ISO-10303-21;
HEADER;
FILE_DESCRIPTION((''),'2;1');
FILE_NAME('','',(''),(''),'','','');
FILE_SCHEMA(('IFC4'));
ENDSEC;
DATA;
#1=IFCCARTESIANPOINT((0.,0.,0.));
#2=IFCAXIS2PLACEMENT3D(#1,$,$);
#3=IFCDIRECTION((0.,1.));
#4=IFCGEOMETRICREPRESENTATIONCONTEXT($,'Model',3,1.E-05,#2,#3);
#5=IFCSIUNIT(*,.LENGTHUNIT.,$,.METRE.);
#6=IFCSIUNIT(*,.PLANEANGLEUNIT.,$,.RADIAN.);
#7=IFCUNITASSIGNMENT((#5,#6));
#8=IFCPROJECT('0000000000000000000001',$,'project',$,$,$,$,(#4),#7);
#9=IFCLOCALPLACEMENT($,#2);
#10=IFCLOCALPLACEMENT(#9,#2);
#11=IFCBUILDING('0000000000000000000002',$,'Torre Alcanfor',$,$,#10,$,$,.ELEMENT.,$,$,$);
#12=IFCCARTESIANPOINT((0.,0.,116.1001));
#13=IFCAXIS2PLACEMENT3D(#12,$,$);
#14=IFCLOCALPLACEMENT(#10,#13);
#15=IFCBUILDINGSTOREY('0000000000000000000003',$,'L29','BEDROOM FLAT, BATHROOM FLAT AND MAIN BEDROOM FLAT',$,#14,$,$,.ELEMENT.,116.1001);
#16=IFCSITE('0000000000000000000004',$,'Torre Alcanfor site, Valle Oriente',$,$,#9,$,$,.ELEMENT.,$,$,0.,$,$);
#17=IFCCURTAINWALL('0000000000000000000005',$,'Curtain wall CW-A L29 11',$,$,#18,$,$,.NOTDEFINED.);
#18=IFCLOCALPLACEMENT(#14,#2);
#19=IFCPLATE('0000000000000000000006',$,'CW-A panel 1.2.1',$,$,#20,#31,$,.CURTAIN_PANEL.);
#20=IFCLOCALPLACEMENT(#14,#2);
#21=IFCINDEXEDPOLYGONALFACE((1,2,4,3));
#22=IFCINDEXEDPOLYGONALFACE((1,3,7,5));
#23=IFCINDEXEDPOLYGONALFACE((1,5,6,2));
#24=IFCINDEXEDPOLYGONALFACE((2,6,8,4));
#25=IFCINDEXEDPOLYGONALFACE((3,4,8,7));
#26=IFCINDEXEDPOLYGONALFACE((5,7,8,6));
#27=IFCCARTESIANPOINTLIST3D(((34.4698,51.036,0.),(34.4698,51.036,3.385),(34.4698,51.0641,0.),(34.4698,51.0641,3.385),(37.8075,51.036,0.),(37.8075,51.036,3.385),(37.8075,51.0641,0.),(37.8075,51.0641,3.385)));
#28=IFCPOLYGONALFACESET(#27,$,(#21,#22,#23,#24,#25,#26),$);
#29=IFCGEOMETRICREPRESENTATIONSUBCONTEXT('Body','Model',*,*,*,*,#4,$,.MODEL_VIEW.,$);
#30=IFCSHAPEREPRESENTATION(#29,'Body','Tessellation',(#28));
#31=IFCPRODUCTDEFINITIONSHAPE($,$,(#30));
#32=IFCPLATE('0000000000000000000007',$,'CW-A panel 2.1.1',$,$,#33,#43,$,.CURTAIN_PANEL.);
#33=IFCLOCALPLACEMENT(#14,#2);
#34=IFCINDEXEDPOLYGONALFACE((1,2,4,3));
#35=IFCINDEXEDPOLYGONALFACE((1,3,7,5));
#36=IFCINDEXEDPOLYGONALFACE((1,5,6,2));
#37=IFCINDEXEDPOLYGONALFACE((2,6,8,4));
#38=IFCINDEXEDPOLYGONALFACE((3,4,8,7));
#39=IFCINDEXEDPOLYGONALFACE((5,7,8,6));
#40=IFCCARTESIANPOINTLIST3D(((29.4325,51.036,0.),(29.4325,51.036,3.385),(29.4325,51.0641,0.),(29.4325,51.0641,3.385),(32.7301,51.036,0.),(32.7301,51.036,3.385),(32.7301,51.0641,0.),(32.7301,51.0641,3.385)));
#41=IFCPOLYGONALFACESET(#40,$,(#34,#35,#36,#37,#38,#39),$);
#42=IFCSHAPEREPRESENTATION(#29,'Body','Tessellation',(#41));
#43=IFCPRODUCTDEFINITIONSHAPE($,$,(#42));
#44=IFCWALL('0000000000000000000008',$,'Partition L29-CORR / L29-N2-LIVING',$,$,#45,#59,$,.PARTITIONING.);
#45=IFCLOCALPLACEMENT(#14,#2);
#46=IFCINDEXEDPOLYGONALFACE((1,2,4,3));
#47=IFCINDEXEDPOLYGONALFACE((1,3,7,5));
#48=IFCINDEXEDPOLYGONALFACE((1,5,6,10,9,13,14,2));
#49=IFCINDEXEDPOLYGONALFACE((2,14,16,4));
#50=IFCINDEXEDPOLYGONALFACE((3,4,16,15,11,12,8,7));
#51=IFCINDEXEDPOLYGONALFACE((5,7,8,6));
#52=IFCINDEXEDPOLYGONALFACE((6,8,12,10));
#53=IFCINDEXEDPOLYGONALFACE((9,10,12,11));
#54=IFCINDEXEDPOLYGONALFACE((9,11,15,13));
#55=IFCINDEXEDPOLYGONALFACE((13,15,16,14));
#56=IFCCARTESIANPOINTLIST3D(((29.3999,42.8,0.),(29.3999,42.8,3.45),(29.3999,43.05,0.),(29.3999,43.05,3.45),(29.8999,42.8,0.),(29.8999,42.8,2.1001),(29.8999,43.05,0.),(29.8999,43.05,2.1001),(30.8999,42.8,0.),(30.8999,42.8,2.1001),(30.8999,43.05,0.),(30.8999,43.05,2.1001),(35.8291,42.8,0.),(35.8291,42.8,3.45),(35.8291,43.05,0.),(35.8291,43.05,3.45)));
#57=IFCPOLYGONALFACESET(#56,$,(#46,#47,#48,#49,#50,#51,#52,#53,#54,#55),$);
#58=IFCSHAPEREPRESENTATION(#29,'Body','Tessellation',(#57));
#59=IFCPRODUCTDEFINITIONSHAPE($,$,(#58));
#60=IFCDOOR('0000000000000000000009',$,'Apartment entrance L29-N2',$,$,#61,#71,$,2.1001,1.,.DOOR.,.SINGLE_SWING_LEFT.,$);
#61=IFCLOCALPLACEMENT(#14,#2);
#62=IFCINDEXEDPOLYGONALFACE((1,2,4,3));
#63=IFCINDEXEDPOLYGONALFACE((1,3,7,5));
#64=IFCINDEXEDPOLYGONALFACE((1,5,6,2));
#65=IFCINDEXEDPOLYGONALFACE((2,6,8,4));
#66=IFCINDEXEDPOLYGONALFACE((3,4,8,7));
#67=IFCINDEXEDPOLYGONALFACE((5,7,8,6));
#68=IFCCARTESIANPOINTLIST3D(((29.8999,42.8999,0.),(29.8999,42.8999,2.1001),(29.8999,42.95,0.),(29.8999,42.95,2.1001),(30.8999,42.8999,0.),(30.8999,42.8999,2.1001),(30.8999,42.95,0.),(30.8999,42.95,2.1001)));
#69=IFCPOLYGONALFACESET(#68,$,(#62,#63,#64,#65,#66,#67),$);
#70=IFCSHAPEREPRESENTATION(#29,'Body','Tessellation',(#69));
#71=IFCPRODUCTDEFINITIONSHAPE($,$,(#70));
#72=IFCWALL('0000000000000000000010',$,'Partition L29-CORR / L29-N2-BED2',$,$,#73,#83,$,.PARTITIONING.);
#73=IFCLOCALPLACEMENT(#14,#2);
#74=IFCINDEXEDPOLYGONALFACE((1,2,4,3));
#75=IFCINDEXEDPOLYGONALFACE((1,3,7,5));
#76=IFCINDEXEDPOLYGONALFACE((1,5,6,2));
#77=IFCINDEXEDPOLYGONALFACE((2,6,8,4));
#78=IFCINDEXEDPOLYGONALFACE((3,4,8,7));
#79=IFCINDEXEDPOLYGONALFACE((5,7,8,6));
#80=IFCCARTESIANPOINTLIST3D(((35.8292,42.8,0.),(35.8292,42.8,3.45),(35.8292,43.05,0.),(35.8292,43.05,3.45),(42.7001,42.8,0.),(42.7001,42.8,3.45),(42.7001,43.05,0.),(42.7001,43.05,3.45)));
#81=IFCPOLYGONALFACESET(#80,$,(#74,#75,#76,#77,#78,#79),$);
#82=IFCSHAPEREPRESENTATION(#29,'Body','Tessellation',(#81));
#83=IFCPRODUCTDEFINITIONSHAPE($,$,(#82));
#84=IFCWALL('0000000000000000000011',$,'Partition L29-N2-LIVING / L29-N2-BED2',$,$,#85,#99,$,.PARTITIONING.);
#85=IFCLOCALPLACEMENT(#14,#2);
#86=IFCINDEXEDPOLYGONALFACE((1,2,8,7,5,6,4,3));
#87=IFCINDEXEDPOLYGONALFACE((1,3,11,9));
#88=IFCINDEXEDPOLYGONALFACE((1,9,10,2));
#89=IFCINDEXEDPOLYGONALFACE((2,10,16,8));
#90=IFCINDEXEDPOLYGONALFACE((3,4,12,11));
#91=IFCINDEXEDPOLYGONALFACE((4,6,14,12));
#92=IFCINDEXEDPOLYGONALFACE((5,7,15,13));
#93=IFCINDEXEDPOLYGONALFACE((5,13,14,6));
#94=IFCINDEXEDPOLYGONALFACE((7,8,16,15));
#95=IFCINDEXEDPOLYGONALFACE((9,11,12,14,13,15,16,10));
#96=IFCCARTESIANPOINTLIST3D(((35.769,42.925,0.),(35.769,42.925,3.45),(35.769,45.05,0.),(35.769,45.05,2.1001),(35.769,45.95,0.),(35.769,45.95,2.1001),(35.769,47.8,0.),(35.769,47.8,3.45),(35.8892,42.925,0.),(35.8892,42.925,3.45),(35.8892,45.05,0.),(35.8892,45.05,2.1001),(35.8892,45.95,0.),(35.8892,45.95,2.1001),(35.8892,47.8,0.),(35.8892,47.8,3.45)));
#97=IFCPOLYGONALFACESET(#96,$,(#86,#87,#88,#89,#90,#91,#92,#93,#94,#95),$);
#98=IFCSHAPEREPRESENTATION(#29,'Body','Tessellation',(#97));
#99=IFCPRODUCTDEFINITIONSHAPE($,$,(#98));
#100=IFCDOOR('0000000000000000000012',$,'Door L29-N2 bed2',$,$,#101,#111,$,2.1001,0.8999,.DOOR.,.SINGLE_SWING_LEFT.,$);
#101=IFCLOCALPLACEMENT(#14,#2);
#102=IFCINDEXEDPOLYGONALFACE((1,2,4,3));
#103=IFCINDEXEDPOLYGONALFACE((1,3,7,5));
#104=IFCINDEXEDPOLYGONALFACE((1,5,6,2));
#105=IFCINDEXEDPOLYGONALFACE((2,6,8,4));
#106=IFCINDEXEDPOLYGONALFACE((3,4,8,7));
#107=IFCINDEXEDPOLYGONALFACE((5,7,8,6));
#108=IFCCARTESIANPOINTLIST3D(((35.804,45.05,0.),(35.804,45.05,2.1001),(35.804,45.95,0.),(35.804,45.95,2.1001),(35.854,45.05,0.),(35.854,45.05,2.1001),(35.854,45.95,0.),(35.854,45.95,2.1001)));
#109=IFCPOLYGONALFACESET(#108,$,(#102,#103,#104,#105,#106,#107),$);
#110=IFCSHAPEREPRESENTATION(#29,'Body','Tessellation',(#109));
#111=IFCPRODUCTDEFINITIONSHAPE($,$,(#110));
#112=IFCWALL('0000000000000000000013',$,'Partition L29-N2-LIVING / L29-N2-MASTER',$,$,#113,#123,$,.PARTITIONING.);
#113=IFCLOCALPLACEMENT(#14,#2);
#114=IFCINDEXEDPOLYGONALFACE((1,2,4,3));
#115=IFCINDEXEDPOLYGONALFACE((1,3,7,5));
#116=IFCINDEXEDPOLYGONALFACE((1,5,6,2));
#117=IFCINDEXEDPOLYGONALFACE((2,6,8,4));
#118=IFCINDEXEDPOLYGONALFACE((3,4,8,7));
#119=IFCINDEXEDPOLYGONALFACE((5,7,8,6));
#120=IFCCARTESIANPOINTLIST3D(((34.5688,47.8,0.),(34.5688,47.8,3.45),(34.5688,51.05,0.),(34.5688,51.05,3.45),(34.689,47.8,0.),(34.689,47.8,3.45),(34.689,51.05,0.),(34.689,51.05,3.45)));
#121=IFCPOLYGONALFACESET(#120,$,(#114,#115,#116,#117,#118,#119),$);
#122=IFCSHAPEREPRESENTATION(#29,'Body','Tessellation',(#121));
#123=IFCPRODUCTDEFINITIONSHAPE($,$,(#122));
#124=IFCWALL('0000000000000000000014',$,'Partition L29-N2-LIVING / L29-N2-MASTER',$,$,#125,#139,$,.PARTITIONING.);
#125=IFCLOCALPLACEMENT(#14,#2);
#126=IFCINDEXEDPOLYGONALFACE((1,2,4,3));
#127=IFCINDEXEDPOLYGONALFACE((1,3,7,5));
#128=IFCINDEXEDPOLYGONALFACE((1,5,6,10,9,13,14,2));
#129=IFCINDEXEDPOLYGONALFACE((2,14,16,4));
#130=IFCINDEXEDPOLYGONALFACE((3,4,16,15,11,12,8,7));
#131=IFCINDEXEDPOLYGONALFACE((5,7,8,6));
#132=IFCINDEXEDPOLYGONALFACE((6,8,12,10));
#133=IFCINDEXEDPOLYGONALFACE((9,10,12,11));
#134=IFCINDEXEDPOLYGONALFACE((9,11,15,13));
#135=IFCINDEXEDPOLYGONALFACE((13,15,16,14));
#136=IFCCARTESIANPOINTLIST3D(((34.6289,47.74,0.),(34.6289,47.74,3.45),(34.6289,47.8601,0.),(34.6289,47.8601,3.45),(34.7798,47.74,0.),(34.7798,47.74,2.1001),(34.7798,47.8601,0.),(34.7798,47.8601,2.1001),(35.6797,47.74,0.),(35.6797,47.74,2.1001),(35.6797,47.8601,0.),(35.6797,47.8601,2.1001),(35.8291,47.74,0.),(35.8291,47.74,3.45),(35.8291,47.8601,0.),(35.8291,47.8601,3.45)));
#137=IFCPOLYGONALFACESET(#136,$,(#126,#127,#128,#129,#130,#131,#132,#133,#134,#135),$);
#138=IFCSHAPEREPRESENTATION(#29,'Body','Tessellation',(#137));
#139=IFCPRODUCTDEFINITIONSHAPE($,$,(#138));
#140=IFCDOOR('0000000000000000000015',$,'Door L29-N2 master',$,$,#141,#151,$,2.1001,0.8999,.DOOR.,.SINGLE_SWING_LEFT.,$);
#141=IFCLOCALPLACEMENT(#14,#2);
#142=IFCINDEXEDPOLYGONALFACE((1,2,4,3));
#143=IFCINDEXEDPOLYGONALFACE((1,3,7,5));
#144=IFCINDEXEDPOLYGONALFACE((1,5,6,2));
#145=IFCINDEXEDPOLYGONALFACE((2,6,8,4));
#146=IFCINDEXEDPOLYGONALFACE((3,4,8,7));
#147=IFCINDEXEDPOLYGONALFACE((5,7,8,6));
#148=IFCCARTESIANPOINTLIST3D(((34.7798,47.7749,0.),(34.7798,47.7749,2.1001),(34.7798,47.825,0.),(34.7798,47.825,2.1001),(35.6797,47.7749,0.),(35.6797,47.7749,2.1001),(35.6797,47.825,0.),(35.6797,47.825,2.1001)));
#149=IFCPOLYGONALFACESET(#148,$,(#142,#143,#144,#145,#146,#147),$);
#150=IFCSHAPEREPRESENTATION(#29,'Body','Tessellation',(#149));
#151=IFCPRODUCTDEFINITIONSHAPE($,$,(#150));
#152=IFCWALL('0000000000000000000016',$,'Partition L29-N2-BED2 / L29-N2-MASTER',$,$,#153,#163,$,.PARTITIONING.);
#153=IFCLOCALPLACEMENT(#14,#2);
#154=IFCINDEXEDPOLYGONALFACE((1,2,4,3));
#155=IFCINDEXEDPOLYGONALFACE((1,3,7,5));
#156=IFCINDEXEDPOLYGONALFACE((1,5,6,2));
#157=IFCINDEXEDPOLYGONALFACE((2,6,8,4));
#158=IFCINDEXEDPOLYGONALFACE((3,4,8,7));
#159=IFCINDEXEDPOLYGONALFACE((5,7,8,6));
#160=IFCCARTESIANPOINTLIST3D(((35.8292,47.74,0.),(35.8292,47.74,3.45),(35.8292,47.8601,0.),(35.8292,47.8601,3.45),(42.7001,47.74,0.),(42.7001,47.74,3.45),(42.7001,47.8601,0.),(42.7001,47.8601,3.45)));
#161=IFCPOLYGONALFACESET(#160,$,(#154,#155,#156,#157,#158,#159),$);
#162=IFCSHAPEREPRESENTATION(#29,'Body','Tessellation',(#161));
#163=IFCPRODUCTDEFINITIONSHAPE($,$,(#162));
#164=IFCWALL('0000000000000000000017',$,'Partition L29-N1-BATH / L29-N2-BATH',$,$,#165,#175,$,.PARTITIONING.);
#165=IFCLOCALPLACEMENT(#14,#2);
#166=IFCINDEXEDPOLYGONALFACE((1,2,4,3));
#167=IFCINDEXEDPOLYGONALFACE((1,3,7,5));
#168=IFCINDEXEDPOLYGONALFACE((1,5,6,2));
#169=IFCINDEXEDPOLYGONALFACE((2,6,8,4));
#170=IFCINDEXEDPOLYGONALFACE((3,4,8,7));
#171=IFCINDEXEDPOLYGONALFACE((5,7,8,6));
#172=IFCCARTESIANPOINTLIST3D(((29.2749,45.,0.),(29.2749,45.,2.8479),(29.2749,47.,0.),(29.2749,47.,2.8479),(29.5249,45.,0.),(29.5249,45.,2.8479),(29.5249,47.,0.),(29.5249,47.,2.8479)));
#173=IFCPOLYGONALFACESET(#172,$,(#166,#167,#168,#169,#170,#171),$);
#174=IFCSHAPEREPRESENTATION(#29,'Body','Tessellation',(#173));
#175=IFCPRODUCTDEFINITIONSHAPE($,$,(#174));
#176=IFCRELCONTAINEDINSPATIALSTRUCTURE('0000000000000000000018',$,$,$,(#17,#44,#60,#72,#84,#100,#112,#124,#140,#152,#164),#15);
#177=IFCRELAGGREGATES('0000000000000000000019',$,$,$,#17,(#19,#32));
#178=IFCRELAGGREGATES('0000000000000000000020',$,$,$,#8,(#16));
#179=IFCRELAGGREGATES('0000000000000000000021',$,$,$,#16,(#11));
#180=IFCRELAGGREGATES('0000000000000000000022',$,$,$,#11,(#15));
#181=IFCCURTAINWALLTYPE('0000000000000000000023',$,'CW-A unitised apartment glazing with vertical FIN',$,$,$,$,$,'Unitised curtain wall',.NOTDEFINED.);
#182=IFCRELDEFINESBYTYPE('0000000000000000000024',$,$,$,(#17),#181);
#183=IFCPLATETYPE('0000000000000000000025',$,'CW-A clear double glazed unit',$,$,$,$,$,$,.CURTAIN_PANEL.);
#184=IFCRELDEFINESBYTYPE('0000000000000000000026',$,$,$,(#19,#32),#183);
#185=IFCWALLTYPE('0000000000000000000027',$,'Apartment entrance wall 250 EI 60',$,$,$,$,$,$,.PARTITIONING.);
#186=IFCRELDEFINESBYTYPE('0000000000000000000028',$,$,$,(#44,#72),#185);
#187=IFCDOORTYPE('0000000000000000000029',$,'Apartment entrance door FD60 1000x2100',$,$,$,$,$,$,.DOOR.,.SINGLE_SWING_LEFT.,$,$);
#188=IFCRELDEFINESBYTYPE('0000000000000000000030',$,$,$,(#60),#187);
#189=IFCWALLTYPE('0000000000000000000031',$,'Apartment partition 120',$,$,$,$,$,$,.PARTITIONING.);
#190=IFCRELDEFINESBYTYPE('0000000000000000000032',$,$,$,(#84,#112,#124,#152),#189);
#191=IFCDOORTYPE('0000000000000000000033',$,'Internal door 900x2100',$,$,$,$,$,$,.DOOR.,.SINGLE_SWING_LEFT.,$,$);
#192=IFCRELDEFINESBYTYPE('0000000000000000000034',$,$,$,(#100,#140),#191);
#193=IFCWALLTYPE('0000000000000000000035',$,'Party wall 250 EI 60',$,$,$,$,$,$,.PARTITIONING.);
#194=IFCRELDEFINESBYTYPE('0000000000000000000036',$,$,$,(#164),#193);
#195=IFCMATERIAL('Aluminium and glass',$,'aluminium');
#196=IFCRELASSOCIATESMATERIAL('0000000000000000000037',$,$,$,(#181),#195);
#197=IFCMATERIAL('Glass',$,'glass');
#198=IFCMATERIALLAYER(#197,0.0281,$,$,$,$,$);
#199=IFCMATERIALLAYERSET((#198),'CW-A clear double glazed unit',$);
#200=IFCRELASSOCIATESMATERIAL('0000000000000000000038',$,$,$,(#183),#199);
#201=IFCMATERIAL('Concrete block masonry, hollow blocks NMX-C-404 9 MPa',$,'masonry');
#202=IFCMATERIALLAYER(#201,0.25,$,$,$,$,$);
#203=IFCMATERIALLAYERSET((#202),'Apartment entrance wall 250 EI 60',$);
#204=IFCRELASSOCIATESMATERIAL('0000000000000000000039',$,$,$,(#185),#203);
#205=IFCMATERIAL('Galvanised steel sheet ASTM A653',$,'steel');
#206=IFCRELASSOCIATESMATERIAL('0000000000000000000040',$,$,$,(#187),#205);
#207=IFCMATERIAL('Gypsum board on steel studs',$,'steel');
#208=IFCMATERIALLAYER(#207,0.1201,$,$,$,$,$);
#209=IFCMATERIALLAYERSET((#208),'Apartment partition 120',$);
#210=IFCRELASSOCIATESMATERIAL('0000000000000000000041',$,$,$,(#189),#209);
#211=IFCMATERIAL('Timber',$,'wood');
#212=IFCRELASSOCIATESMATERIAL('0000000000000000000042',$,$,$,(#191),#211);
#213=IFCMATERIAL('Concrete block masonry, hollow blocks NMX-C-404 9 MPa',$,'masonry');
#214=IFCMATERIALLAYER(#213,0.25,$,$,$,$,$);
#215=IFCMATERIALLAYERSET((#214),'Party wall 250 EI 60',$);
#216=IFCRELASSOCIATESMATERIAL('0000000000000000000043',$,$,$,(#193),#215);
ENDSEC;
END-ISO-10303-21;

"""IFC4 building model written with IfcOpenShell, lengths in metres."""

from ifc_helpers import new_model, si_unit, direction, frame, frame_2d, origin, origin_2d, place, context, subcontext, project, spatial, rectangle, extrude, material, layer, layer_set, type_object, element, fill, aggregate, save


model = new_model("IFC4")

# Units and contexts
model_context = context("Model", 3, precision=1e-05, world=origin(), true_north=direction((0.0, 1.0)))
body_context = subcontext(model_context, "Body", "Model", "MODEL_VIEW")
ifc_project = project(units=[si_unit("LENGTHUNIT", "METRE"), si_unit("PLANEANGLEUNIT", "RADIAN")], contexts=[model_context])

# Site, building, storey
site_placement = place(None, origin())
site = spatial("IfcSite", under=ifc_project, at=site_placement, Name="Torre Alcanfor site, Valle Oriente", CompositionType="ELEMENT", RefElevation=0.0)
building_placement = place(site_placement, origin())
building = spatial("IfcBuilding", under=site, at=building_placement, Name="Torre Alcanfor", CompositionType="ELEMENT")
storey_placement = place(building_placement, frame((0.0, 0.0, 116.1001)))
storey = spatial("IfcBuildingStorey", under=building, at=storey_placement, Name="L29", Description="BEDROOM FLAT, BATHROOM FLAT AND MAIN BEDROOM FLAT", CompositionType="ELEMENT", Elevation=116.1001)

# Curtain wall
ifc_material_1 = material(Name="Aluminium and glass", Category="aluminium")
curtain_wall_type = type_object("IfcCurtainWallType", Name="CW-A unitised apartment glazing with vertical FIN", ElementType="Unitised curtain wall", PredefinedType="NOTDEFINED", material=ifc_material_1)
curtain_wall_placement = place(storey_placement, origin())
curtain_wall = element("IfcCurtainWall", 1, at=curtain_wall_placement, inside=storey, type_object=curtain_wall_type, Name="Curtain wall CW-A L29 11", PredefinedType="NOTDEFINED")

# Plates
ifc_material_2 = material(Name="Glass", Category="glass")
ifc_layer_1 = layer(ifc_material_2, 0.0281)
ifc_layer_set_1 = layer_set([ifc_layer_1], Name="CW-A clear double glazed unit")
plate_type = type_object("IfcPlateType", Name="CW-A clear double glazed unit", PredefinedType="CURTAIN_PANEL", material=ifc_layer_set_1)
plate_1_placement = place(storey_placement, frame((36.1387, 51.05, 0.0), z_axis=(0.0, 0.0, 1.0), x_axis=(-1.0, 0.0, 0.0)))
plate_1 = element("IfcPlate", 2, at=plate_1_placement, type_object=plate_type, Name="CW-A panel 1.2.1", PredefinedType="CURTAIN_PANEL", context=body_context, shape_type="SweptSolid", body=[
    extrude(rectangle(XDim=3.3376, YDim=0.0281, at=origin_2d()), origin(), (0.0, 0.0, 1.0), 3.385),
])
plate_2_placement = place(storey_placement, frame((31.0813, 51.05, 0.0), z_axis=(0.0, 0.0, 1.0), x_axis=(-1.0, 0.0, 0.0)))
plate_2 = element("IfcPlate", 3, at=plate_2_placement, type_object=plate_type, Name="CW-A panel 2.1.1", PredefinedType="CURTAIN_PANEL", context=body_context, shape_type="SweptSolid", body=[
    extrude(rectangle(XDim=3.2976, YDim=0.0281, at=origin_2d()), origin(), (0.0, 0.0, 1.0), 3.385),
])
aggregate(curtain_wall, [plate_1, plate_2])

# Wall, opening, door
ifc_material_3 = material(Name="Concrete block masonry, hollow blocks NMX-C-404 9 MPa", Category="masonry")
ifc_layer_2 = layer(ifc_material_3, 0.25)
ifc_layer_set_2 = layer_set([ifc_layer_2], Name="Apartment entrance wall 250 EI 60")
wall_type_1 = type_object("IfcWallType", Name="Apartment entrance wall 250 EI 60", PredefinedType="PARTITIONING", material=ifc_layer_set_2)
wall_1_placement = place(storey_placement, frame((29.3999, 42.925, 0.0), z_axis=(0.0, 0.0, 1.0), x_axis=(1.0, 0.0, 0.0)))
wall_1 = element("IfcWall", 4, at=wall_1_placement, inside=storey, type_object=wall_type_1, Name="Partition L29-CORR / L29-N2-LIVING", PredefinedType="PARTITIONING", context=body_context, shape_type="SweptSolid", body=[
    extrude(rectangle(XDim=6.4292, YDim=0.25, at=frame_2d((3.2146, 0.0))), origin(), (0.0, 0.0, 1.0), 3.45),
])
opening_1_placement = place(wall_1_placement, frame((0.5, 0.0, 0.0)))
opening_1 = element("IfcOpeningElement", 5, at=opening_1_placement, cuts=wall_1, PredefinedType="OPENING", context=body_context, shape_type="SweptSolid", body=[
    extrude(rectangle(XDim=1.0, YDim=2.1001, at=frame_2d((0.5, 1.05))), frame((0.0, 0.135, 0.0), z_axis=(0.0, -1.0, 0.0), x_axis=(1.0, 0.0, 0.0)), (0.0, 0.0, 1.0), 0.27),
])
ifc_material_4 = material(Name="Galvanised steel sheet ASTM A653", Category="steel")
door_type_1 = type_object("IfcDoorType", Name="Apartment entrance door FD60 1000x2100", OperationType="SINGLE_SWING_LEFT", PredefinedType="DOOR", material=ifc_material_4)
door_1_placement = place(opening_1_placement, origin())
door_1 = element("IfcDoor", 6, at=door_1_placement, inside=storey, type_object=door_type_1, Name="Apartment entrance L29-N2", OperationType="SINGLE_SWING_LEFT", OverallHeight=2.1001, OverallWidth=1.0, PredefinedType="DOOR", context=body_context, shape_type="SweptSolid", body=[
    extrude(rectangle(XDim=1.0, YDim=2.1001, at=frame_2d((0.5, 1.05))), frame((0.0, 0.0249, 0.0), z_axis=(0.0, -1.0, 0.0), x_axis=(1.0, 0.0, 0.0)), (0.0, 0.0, 1.0), 0.05),
])
fill(opening_1, door_1)

# Wall
wall_2_placement = place(storey_placement, frame((35.8291, 42.925, 0.0), z_axis=(0.0, 0.0, 1.0), x_axis=(1.0, 0.0, 0.0)))
element("IfcWall", 7, at=wall_2_placement, inside=storey, type_object=wall_type_1, Name="Partition L29-CORR / L29-N2-BED2", PredefinedType="PARTITIONING", context=body_context, shape_type="SweptSolid", body=[
    extrude(rectangle(XDim=6.8708, YDim=0.25, at=frame_2d((3.4355, 0.0))), origin(), (0.0, 0.0, 1.0), 3.45),
])

# Wall, opening, door
ifc_material_5 = material(Name="Gypsum board on steel studs", Category="steel")
ifc_layer_3 = layer(ifc_material_5, 0.1201)
ifc_layer_set_3 = layer_set([ifc_layer_3], Name="Apartment partition 120")
wall_type_2 = type_object("IfcWallType", Name="Apartment partition 120", PredefinedType="PARTITIONING", material=ifc_layer_set_3)
wall_3_placement = place(storey_placement, frame((35.8291, 47.8, 0.0), z_axis=(0.0, 0.0, 1.0), x_axis=(0.0, -1.0, 0.0)))
wall_3 = element("IfcWall", 8, at=wall_3_placement, inside=storey, type_object=wall_type_2, Name="Partition L29-N2-LIVING / L29-N2-BED2", PredefinedType="PARTITIONING", context=body_context, shape_type="SweptSolid", body=[
    extrude(rectangle(XDim=4.875, YDim=0.1201, at=frame_2d((2.4375, 0.0))), origin(), (0.0, 0.0, 1.0), 3.45),
])
opening_2_placement = place(wall_3_placement, frame((1.8501, 0.0, 0.0)))
opening_2 = element("IfcOpeningElement", 9, at=opening_2_placement, cuts=wall_3, PredefinedType="OPENING", context=body_context, shape_type="SweptSolid", body=[
    extrude(rectangle(XDim=0.8999, YDim=2.1001, at=frame_2d((0.45, 1.05))), frame((0.0, 0.0701, 0.0), z_axis=(0.0, -1.0, 0.0), x_axis=(1.0, 0.0, 0.0)), (0.0, 0.0, 1.0), 0.1401),
])
ifc_material_6 = material(Name="Timber", Category="wood")
door_type_2 = type_object("IfcDoorType", Name="Internal door 900x2100", OperationType="SINGLE_SWING_LEFT", PredefinedType="DOOR", material=ifc_material_6)
door_2_placement = place(opening_2_placement, origin())
door_2 = element("IfcDoor", 10, at=door_2_placement, inside=storey, type_object=door_type_2, Name="Door L29-N2 bed2", OperationType="SINGLE_SWING_LEFT", OverallHeight=2.1001, OverallWidth=0.8999, PredefinedType="DOOR", context=body_context, shape_type="SweptSolid", body=[
    extrude(rectangle(XDim=0.8999, YDim=2.1001, at=frame_2d((0.45, 1.05))), frame((0.0, 0.0249, 0.0), z_axis=(0.0, -1.0, 0.0), x_axis=(1.0, 0.0, 0.0)), (0.0, 0.0, 1.0), 0.05),
])
fill(opening_2, door_2)

# Wall
wall_4_placement = place(storey_placement, frame((34.6289, 51.05, 0.0), z_axis=(0.0, 0.0, 1.0), x_axis=(0.0, -1.0, 0.0)))
element("IfcWall", 11, at=wall_4_placement, inside=storey, type_object=wall_type_2, Name="Partition L29-N2-LIVING / L29-N2-MASTER", PredefinedType="PARTITIONING", context=body_context, shape_type="SweptSolid", body=[
    extrude(rectangle(XDim=3.25, YDim=0.1201, at=frame_2d((1.625, 0.0))), origin(), (0.0, 0.0, 1.0), 3.45),
])

# Wall, opening, door
wall_5_placement = place(storey_placement, frame((34.6289, 47.8, 0.0), z_axis=(0.0, 0.0, 1.0), x_axis=(1.0, 0.0, 0.0)))
wall_5 = element("IfcWall", 12, at=wall_5_placement, inside=storey, type_object=wall_type_2, Name="Partition L29-N2-LIVING / L29-N2-MASTER", PredefinedType="PARTITIONING", context=body_context, shape_type="SweptSolid", body=[
    extrude(rectangle(XDim=1.2002, YDim=0.1201, at=frame_2d((0.6001, 0.0))), origin(), (0.0, 0.0, 1.0), 3.45),
])
opening_3_placement = place(wall_5_placement, frame((0.1509, 0.0, 0.0)))
opening_3 = element("IfcOpeningElement", 13, at=opening_3_placement, cuts=wall_5, PredefinedType="OPENING", context=body_context, shape_type="SweptSolid", body=[
    extrude(rectangle(XDim=0.8999, YDim=2.1001, at=frame_2d((0.45, 1.05))), frame((0.0, 0.0701, 0.0), z_axis=(0.0, -1.0, 0.0), x_axis=(1.0, 0.0, 0.0)), (0.0, 0.0, 1.0), 0.1401),
])
door_3_placement = place(opening_3_placement, origin())
door_3 = element("IfcDoor", 14, at=door_3_placement, inside=storey, type_object=door_type_2, Name="Door L29-N2 master", OperationType="SINGLE_SWING_LEFT", OverallHeight=2.1001, OverallWidth=0.8999, PredefinedType="DOOR", context=body_context, shape_type="SweptSolid", body=[
    extrude(rectangle(XDim=0.8999, YDim=2.1001, at=frame_2d((0.45, 1.05))), frame((0.0, 0.0249, 0.0), z_axis=(0.0, -1.0, 0.0), x_axis=(1.0, 0.0, 0.0)), (0.0, 0.0, 1.0), 0.05),
])
fill(opening_3, door_3)

# Walls
wall_6_placement = place(storey_placement, frame((35.8291, 47.8, 0.0), z_axis=(0.0, 0.0, 1.0), x_axis=(1.0, 0.0, 0.0)))
element("IfcWall", 15, at=wall_6_placement, inside=storey, type_object=wall_type_2, Name="Partition L29-N2-BED2 / L29-N2-MASTER", PredefinedType="PARTITIONING", context=body_context, shape_type="SweptSolid", body=[
    extrude(rectangle(XDim=6.8708, YDim=0.1201, at=frame_2d((3.4355, 0.0))), origin(), (0.0, 0.0, 1.0), 3.45),
])
ifc_material_7 = material(Name="Concrete block masonry, hollow blocks NMX-C-404 9 MPa", Category="masonry")
ifc_layer_4 = layer(ifc_material_7, 0.25)
ifc_layer_set_4 = layer_set([ifc_layer_4], Name="Party wall 250 EI 60")
wall_type_3 = type_object("IfcWallType", Name="Party wall 250 EI 60", PredefinedType="PARTITIONING", material=ifc_layer_set_4)
wall_7_placement = place(storey_placement, frame((29.3999, 45.0, 0.0), z_axis=(0.0, 0.0, 1.0), x_axis=(0.0, 1.0, 0.0)))
element("IfcWall", 16, at=wall_7_placement, inside=storey, type_object=wall_type_3, Name="Partition L29-N1-BATH / L29-N2-BATH", PredefinedType="PARTITIONING", context=body_context, shape_type="SweptSolid", body=[
    extrude(rectangle(XDim=2.0, YDim=0.25, at=frame_2d((1.0, 0.0))), origin(), (0.0, 0.0, 1.0), 2.8479),
])

save(model, "model.ifc")
